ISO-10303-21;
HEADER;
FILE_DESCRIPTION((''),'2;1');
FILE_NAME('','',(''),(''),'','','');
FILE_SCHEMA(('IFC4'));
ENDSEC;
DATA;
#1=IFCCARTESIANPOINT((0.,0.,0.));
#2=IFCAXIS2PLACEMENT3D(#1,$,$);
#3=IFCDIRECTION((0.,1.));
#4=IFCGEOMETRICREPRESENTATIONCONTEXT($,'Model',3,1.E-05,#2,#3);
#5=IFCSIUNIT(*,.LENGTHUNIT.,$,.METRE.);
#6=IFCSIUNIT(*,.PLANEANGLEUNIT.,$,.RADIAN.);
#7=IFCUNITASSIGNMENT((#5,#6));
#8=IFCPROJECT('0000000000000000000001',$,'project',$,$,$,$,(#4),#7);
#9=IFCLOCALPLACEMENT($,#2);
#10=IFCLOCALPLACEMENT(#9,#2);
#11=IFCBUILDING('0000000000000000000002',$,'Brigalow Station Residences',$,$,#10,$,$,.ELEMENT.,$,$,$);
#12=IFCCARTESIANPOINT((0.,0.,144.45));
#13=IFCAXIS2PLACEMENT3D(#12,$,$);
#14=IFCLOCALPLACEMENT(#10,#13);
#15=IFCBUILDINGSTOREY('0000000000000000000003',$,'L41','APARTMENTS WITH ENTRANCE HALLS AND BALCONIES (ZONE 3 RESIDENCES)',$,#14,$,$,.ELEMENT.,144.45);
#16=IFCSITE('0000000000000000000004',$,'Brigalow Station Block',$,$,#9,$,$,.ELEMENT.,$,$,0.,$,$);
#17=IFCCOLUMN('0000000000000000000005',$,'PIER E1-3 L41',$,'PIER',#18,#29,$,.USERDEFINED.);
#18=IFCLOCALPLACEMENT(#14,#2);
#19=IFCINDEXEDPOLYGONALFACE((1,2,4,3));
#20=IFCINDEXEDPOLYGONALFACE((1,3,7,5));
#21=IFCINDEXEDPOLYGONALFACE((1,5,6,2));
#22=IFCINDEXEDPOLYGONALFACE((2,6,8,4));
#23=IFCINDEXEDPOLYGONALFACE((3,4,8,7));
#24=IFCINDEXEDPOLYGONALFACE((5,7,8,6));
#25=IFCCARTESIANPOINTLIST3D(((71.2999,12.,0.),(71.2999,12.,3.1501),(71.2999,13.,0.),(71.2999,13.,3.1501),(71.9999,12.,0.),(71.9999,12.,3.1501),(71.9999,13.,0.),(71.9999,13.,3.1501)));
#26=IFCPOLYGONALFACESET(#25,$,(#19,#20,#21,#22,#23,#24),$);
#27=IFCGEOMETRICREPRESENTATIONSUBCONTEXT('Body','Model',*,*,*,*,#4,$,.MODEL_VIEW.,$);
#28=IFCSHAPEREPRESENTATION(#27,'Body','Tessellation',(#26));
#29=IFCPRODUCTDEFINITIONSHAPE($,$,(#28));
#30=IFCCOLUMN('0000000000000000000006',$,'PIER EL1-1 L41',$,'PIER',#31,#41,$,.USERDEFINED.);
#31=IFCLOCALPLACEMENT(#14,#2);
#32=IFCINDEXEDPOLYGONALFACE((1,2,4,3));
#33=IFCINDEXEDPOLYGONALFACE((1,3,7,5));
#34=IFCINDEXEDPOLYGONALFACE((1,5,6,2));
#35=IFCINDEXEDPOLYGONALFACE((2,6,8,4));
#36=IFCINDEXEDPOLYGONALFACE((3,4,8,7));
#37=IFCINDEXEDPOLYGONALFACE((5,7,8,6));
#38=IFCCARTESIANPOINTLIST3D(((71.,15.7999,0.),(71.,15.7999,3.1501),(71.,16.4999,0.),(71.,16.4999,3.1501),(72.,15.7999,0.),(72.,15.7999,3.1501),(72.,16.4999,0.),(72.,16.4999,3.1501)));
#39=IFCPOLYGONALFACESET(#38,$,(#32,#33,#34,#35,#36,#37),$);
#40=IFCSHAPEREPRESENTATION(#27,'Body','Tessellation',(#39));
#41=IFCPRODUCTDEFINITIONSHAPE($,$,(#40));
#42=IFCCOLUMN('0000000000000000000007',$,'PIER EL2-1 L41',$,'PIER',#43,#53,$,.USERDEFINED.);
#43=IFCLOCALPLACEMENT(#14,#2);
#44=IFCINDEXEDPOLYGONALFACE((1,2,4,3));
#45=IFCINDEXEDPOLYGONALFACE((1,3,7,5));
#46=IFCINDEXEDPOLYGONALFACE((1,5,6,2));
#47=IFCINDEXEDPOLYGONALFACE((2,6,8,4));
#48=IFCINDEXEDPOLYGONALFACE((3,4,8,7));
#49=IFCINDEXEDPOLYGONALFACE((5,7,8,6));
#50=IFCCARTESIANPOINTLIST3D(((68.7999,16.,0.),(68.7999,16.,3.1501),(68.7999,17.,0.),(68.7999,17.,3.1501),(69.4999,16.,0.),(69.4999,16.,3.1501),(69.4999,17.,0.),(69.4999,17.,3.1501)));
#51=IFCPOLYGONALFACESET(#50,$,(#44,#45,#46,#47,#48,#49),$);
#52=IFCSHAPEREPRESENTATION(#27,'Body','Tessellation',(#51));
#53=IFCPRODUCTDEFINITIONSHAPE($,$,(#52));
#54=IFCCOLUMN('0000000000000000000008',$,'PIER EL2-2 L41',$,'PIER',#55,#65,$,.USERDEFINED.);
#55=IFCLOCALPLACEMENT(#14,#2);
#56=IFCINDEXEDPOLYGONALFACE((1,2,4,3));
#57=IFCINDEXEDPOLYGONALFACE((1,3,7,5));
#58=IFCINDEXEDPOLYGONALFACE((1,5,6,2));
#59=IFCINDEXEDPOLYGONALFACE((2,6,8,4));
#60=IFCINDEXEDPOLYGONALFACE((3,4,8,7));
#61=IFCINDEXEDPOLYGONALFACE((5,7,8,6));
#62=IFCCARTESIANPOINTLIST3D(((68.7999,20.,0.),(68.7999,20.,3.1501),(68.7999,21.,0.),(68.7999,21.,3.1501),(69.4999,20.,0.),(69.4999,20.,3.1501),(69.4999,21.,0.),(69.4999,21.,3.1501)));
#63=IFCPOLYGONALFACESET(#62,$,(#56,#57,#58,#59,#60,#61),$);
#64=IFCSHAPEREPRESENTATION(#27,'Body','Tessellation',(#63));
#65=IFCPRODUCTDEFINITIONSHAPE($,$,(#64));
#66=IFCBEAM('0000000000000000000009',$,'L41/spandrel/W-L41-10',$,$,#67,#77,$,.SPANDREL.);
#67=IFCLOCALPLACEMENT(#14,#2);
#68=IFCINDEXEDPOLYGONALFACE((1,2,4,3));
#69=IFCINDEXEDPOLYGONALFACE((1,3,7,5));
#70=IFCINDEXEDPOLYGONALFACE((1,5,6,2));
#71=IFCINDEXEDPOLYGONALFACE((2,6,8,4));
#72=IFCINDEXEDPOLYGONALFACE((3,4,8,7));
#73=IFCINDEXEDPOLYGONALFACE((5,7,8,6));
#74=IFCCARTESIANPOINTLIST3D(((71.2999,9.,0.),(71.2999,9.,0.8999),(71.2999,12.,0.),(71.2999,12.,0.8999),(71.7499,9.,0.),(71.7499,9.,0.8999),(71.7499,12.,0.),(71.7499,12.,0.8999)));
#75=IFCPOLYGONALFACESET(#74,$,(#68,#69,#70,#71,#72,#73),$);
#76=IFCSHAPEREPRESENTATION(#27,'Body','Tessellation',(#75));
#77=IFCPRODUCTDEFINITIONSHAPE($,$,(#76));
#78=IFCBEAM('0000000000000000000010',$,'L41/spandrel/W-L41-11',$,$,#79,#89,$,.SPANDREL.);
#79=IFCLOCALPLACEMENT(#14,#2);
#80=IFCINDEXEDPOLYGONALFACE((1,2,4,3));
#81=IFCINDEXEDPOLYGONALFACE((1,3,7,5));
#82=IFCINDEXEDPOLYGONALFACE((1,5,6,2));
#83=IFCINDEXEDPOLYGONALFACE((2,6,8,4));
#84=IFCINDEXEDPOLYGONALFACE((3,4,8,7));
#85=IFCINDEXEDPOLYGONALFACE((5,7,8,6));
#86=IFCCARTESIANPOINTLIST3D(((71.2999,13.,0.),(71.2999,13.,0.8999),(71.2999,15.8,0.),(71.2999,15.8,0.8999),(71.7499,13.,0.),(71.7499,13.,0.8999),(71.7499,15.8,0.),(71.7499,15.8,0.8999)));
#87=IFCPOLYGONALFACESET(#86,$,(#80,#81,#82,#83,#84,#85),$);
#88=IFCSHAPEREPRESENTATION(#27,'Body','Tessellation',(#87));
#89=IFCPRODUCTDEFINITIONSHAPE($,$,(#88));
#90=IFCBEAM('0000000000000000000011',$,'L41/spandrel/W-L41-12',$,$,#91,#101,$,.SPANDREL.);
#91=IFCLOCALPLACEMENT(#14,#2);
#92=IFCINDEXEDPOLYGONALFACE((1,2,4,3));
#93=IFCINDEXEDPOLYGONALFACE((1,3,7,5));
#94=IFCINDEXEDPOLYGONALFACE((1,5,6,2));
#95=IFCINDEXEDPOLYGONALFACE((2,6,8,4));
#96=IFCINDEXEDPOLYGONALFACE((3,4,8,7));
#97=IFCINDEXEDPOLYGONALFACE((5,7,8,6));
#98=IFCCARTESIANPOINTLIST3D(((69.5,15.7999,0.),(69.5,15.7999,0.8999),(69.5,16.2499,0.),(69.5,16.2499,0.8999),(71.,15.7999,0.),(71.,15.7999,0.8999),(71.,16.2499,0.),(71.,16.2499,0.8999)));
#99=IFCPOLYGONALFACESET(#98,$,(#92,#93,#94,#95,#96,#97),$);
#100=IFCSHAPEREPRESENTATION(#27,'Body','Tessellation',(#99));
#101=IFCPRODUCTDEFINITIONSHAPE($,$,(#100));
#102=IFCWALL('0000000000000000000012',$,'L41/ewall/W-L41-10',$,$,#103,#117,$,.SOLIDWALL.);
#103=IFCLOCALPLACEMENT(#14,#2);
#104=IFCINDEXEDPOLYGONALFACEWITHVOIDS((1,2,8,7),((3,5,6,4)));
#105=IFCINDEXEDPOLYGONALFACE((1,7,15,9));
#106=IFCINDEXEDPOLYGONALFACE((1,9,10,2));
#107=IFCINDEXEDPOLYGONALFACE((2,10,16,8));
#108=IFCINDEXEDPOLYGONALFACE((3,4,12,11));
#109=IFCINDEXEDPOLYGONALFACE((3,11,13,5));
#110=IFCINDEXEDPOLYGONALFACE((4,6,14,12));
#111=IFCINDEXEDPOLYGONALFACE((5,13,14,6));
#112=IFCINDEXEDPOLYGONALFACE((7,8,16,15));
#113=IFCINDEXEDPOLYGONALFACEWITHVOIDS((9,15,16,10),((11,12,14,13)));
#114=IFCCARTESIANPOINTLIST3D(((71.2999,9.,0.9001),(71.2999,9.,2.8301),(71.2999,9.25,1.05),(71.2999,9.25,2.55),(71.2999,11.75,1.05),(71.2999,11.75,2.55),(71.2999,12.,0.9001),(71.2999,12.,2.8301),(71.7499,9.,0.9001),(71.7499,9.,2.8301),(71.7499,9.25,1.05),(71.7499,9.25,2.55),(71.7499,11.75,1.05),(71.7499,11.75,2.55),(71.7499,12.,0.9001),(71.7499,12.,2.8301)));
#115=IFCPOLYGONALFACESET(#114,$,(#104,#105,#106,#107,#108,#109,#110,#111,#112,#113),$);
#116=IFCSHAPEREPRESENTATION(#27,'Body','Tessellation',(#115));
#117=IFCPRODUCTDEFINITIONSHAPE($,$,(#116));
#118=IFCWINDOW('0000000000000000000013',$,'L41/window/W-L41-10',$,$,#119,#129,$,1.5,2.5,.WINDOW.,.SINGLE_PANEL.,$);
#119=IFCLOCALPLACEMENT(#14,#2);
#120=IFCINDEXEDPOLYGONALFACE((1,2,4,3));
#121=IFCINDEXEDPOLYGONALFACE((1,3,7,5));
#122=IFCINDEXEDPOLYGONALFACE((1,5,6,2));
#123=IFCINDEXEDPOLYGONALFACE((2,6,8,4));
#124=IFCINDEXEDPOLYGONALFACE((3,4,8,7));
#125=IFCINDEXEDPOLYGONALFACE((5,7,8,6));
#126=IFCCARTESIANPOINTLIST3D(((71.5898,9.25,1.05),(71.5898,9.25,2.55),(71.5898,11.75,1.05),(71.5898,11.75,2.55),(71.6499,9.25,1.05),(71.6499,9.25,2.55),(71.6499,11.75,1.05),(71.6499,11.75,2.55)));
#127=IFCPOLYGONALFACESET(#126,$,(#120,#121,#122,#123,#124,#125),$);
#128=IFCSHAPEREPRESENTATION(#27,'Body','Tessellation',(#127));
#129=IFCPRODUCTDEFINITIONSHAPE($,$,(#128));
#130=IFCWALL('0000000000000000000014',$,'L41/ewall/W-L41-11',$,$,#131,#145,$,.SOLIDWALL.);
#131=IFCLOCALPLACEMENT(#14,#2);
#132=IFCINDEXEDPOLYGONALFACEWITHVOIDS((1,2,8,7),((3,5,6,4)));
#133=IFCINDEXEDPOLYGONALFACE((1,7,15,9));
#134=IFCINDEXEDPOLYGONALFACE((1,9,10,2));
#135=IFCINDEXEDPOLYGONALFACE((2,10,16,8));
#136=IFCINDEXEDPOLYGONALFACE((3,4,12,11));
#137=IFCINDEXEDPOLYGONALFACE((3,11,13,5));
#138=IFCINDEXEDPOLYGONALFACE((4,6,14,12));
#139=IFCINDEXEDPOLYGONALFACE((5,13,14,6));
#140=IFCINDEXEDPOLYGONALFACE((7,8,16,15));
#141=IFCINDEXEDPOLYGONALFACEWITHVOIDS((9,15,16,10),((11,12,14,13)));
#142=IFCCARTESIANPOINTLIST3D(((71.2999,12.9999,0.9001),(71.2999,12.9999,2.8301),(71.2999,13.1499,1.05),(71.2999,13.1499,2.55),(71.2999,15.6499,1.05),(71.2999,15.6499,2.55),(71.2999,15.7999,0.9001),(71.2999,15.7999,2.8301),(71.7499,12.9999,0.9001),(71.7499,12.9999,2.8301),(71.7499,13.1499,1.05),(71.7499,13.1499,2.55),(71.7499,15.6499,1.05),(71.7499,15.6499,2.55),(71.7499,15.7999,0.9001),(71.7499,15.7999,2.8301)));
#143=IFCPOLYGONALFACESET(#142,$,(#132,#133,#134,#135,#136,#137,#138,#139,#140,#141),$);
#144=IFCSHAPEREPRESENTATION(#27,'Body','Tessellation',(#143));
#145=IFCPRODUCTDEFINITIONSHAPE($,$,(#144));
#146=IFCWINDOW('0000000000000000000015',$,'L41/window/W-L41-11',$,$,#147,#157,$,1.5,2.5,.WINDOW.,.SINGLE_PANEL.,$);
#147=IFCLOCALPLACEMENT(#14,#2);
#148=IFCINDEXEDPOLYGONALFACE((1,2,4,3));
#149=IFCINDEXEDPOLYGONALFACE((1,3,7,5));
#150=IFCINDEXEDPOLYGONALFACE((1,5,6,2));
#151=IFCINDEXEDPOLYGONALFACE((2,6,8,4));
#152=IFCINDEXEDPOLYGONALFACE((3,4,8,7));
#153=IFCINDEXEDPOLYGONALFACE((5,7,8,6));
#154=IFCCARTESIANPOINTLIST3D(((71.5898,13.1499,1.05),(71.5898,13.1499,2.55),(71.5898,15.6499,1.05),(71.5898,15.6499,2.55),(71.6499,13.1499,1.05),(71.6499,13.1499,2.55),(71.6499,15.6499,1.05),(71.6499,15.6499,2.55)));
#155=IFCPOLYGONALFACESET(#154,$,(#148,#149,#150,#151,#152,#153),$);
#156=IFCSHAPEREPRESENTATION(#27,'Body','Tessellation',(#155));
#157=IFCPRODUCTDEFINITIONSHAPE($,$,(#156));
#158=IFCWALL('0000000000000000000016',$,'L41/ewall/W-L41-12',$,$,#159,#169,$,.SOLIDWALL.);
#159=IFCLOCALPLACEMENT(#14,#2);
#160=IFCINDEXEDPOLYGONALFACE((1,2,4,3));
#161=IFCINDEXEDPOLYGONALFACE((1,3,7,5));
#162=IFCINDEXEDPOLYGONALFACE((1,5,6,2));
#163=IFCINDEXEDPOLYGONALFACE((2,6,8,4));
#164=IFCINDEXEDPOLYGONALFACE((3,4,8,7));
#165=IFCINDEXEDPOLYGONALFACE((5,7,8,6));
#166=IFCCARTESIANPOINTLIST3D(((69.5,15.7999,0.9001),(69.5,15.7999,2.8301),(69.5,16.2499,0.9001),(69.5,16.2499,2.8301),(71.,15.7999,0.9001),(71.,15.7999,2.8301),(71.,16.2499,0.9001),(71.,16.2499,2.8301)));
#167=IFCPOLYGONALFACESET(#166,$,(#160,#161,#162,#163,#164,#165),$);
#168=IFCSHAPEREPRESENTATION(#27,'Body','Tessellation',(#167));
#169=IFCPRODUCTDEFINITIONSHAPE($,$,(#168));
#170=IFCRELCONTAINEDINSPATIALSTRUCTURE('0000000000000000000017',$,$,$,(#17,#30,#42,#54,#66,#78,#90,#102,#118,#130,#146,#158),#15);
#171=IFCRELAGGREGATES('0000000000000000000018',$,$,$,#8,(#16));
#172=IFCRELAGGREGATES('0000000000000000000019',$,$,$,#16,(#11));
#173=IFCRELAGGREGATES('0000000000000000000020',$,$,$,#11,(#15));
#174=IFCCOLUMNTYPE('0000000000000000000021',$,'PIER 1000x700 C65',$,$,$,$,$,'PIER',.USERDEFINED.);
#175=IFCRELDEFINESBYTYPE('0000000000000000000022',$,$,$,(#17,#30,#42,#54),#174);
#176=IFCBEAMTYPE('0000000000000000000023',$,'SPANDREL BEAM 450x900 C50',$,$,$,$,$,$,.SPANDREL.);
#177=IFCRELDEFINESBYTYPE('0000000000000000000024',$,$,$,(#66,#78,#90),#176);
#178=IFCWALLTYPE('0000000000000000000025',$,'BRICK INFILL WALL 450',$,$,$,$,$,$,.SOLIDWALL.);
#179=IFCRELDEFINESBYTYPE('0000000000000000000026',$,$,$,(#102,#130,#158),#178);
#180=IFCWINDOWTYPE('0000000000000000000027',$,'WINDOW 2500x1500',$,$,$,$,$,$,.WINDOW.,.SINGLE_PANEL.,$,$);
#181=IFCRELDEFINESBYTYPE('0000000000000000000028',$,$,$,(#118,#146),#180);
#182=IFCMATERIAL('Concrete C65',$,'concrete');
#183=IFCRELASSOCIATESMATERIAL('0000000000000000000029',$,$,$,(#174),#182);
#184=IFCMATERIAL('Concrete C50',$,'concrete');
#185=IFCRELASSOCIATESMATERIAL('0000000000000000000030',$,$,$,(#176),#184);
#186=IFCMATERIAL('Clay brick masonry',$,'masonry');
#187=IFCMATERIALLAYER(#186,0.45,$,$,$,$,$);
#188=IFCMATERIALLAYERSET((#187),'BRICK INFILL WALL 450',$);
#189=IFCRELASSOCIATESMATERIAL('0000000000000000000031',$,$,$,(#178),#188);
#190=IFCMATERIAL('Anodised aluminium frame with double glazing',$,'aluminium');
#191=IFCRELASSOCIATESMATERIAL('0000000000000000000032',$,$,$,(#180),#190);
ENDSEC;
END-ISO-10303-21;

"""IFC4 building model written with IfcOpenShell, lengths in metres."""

from ifc_helpers import new_model, si_unit, direction, frame, frame_2d, origin, origin_2d, place, context, subcontext, project, spatial, rectangle, extrude, material, layer, layer_set, material_profile, profile_set, type_object, element, fill, save


model = new_model("IFC4")

# Units and contexts
model_context = context("Model", 3, precision=1e-05, world=origin(), true_north=direction((0.0, 1.0)))
body_context = subcontext(model_context, "Body", "Model", "MODEL_VIEW")
ifc_project = project(units=[si_unit("LENGTHUNIT", "METRE"), si_unit("PLANEANGLEUNIT", "RADIAN")], contexts=[model_context])

# Site, building, storey
site_placement = place(None, origin())
site = spatial("IfcSite", under=ifc_project, at=site_placement, Name="Brigalow Station Block", CompositionType="ELEMENT", RefElevation=0.0)
building_placement = place(site_placement, origin())
building = spatial("IfcBuilding", under=site, at=building_placement, Name="Brigalow Station Residences", CompositionType="ELEMENT")
storey_placement = place(building_placement, frame((0.0, 0.0, 144.45)))
storey = spatial("IfcBuildingStorey", under=building, at=storey_placement, Name="L41", Description="APARTMENTS WITH ENTRANCE HALLS AND BALCONIES (ZONE 3 RESIDENCES)", CompositionType="ELEMENT", Elevation=144.45)

# Columns
ifc_material_1 = material(Name="Concrete C65", Category="concrete")
ifc_material_profile_1 = material_profile(ifc_material_1, rectangle(XDim=1.0, YDim=0.7, at=origin_2d()), Name="RC1000x700")
ifc_profile_set_1 = profile_set([ifc_material_profile_1], Name="Concrete C65")
column_type = type_object("IfcColumnType", Name="PIER 1000x700 C65", ElementType="PIER", PredefinedType="USERDEFINED", material=ifc_profile_set_1)
for number, where, z_axis, x_axis, name in (
    (1, (71.6499, 12.5, 0.0), (0.0, 0.0, 1.0), (0.0, 1.0, 0.0), "PIER E1-3 L41"),
    (2, (71.5, 16.1499, 0.0), (0.0, 0.0, 1.0), (-1.0, 0.0, 0.0), "PIER EL1-1 L41"),
    (3, (69.1499, 16.5, 0.0), (0.0, 0.0, 1.0), (0.0, 1.0, 0.0), "PIER EL2-1 L41"),
    (4, (69.1499, 20.5, 0.0), (0.0, 0.0, 1.0), (0.0, 1.0, 0.0), "PIER EL2-2 L41"),
):
    element("IfcColumn", number, at=place(storey_placement, frame(where, z_axis=z_axis, x_axis=x_axis)), inside=storey, type_object=column_type, Name=name, ObjectType="PIER", PredefinedType="USERDEFINED", context=body_context, shape_type="SweptSolid", body=[
        extrude(rectangle(XDim=1.0, YDim=0.7, at=origin_2d()), origin(), (0.0, 0.0, 1.0), 3.1501),
    ])

# Beams
ifc_material_2 = material(Name="Concrete C50", Category="concrete")
ifc_material_profile_2 = material_profile(ifc_material_2, rectangle(XDim=0.45, YDim=0.8999, at=origin_2d()), Name="RC450x900")
ifc_profile_set_2 = profile_set([ifc_material_profile_2], Name="Concrete C50")
beam_type = type_object("IfcBeamType", Name="SPANDREL BEAM 450x900 C50", PredefinedType="SPANDREL", material=ifc_profile_set_2)
beam_1_placement = place(storey_placement, frame((71.5249, 9.0, 0.45), z_axis=(0.0, 1.0, 0.0), x_axis=(-1.0, 0.0, 0.0)))
element("IfcBeam", 5, at=beam_1_placement, inside=storey, type_object=beam_type, Name="L41/spandrel/W-L41-10", PredefinedType="SPANDREL", context=body_context, shape_type="SweptSolid", body=[
    extrude(rectangle(XDim=0.45, YDim=0.8999, at=origin_2d()), origin(), (0.0, 0.0, 1.0), 3.0),
])
beam_2_placement = place(storey_placement, frame((71.5249, 13.0, 0.45), z_axis=(0.0, 1.0, 0.0), x_axis=(-1.0, 0.0, 0.0)))
element("IfcBeam", 6, at=beam_2_placement, inside=storey, type_object=beam_type, Name="L41/spandrel/W-L41-11", PredefinedType="SPANDREL", context=body_context, shape_type="SweptSolid", body=[
    extrude(rectangle(XDim=0.45, YDim=0.8999, at=origin_2d()), origin(), (0.0, 0.0, 1.0), 2.8),
])
beam_3_placement = place(storey_placement, frame((71.0, 16.0249, 0.45), z_axis=(-1.0, 0.0, 0.0), x_axis=(0.0, -1.0, 0.0)))
element("IfcBeam", 7, at=beam_3_placement, inside=storey, type_object=beam_type, Name="L41/spandrel/W-L41-12", PredefinedType="SPANDREL", context=body_context, shape_type="SweptSolid", body=[
    extrude(rectangle(XDim=0.45, YDim=0.8999, at=origin_2d()), origin(), (0.0, 0.0, 1.0), 1.5),
])

# Walls, openings, windows
ifc_material_3 = material(Name="Clay brick masonry", Category="masonry")
ifc_layer = layer(ifc_material_3, 0.45)
ifc_layer_set = layer_set([ifc_layer], Name="BRICK INFILL WALL 450")
wall_type = type_object("IfcWallType", Name="BRICK INFILL WALL 450", PredefinedType="SOLIDWALL", material=ifc_layer_set)
wall_1_placement = place(storey_placement, frame((71.5249, 9.0, 0.9001), z_axis=(0.0, 0.0, 1.0), x_axis=(0.0, 1.0, 0.0)))
wall_1 = element("IfcWall", 8, at=wall_1_placement, inside=storey, type_object=wall_type, Name="L41/ewall/W-L41-10", PredefinedType="SOLIDWALL", context=body_context, shape_type="SweptSolid", body=[
    extrude(rectangle(XDim=3.0, YDim=0.45, at=frame_2d((1.5, 0.0))), origin(), (0.0, 0.0, 1.0), 1.9299),
])
opening_1_placement = place(wall_1_placement, frame((0.25, 0.0, 0.1499)))
opening_1 = element("IfcOpeningElement", 9, at=opening_1_placement, cuts=wall_1, PredefinedType="OPENING", context=body_context, shape_type="SweptSolid", body=[
    extrude(rectangle(XDim=2.5, YDim=1.5, at=frame_2d((1.25, 0.75))), frame((0.0, 0.2349, 0.0), z_axis=(0.0, -1.0, 0.0), x_axis=(1.0, 0.0, 0.0)), (0.0, 0.0, 1.0), 0.47),
])
ifc_material_4 = material(Name="Anodised aluminium frame with double glazing", Category="aluminium")
window_type = type_object("IfcWindowType", Name="WINDOW 2500x1500", PartitioningType="SINGLE_PANEL", PredefinedType="WINDOW", material=ifc_material_4)
window_1_placement = place(opening_1_placement, origin())
window_1 = element("IfcWindow", 10, at=window_1_placement, inside=storey, type_object=window_type, Name="L41/window/W-L41-10", OverallHeight=1.5, OverallWidth=2.5, PartitioningType="SINGLE_PANEL", PredefinedType="WINDOW", context=body_context, shape_type="SweptSolid", body=[
    extrude(rectangle(XDim=2.5, YDim=1.5, at=frame_2d((1.25, 0.75))), frame((0.0, -0.0649, 0.0), z_axis=(0.0, -1.0, 0.0), x_axis=(1.0, 0.0, 0.0)), (0.0, 0.0, 1.0), 0.0601),
])
fill(opening_1, window_1)
wall_2_placement = place(storey_placement, frame((71.5249, 13.0, 0.9001), z_axis=(0.0, 0.0, 1.0), x_axis=(0.0, 1.0, 0.0)))
wall_2 = element("IfcWall", 11, at=wall_2_placement, inside=storey, type_object=wall_type, Name="L41/ewall/W-L41-11", PredefinedType="SOLIDWALL", context=body_context, shape_type="SweptSolid", body=[
    extrude(rectangle(XDim=2.8, YDim=0.45, at=frame_2d((1.3999, 0.0))), origin(), (0.0, 0.0, 1.0), 1.9299),
])
opening_2_placement = place(wall_2_placement, frame((0.1499, 0.0, 0.1499)))
opening_2 = element("IfcOpeningElement", 12, at=opening_2_placement, cuts=wall_2, PredefinedType="OPENING", context=body_context, shape_type="SweptSolid", body=[
    extrude(rectangle(XDim=2.5, YDim=1.5, at=frame_2d((1.25, 0.75))), frame((0.0, 0.2349, 0.0), z_axis=(0.0, -1.0, 0.0), x_axis=(1.0, 0.0, 0.0)), (0.0, 0.0, 1.0), 0.47),
])
window_2_placement = place(opening_2_placement, origin())
window_2 = element("IfcWindow", 13, at=window_2_placement, inside=storey, type_object=window_type, Name="L41/window/W-L41-11", OverallHeight=1.5, OverallWidth=2.5, PartitioningType="SINGLE_PANEL", PredefinedType="WINDOW", context=body_context, shape_type="SweptSolid", body=[
    extrude(rectangle(XDim=2.5, YDim=1.5, at=frame_2d((1.25, 0.75))), frame((0.0, -0.0649, 0.0), z_axis=(0.0, -1.0, 0.0), x_axis=(1.0, 0.0, 0.0)), (0.0, 0.0, 1.0), 0.0601),
])
fill(opening_2, window_2)

# Wall
wall_3_placement = place(storey_placement, frame((71.0, 16.0249, 0.9001), z_axis=(0.0, 0.0, 1.0), x_axis=(-1.0, 0.0, 0.0)))
element("IfcWall", 14, at=wall_3_placement, inside=storey, type_object=wall_type, Name="L41/ewall/W-L41-12", PredefinedType="SOLIDWALL", context=body_context, shape_type="SweptSolid", body=[
    extrude(rectangle(XDim=1.5, YDim=0.45, at=frame_2d((0.75, 0.0))), origin(), (0.0, 0.0, 1.0), 1.9299),
])

save(model, "model.ifc")
